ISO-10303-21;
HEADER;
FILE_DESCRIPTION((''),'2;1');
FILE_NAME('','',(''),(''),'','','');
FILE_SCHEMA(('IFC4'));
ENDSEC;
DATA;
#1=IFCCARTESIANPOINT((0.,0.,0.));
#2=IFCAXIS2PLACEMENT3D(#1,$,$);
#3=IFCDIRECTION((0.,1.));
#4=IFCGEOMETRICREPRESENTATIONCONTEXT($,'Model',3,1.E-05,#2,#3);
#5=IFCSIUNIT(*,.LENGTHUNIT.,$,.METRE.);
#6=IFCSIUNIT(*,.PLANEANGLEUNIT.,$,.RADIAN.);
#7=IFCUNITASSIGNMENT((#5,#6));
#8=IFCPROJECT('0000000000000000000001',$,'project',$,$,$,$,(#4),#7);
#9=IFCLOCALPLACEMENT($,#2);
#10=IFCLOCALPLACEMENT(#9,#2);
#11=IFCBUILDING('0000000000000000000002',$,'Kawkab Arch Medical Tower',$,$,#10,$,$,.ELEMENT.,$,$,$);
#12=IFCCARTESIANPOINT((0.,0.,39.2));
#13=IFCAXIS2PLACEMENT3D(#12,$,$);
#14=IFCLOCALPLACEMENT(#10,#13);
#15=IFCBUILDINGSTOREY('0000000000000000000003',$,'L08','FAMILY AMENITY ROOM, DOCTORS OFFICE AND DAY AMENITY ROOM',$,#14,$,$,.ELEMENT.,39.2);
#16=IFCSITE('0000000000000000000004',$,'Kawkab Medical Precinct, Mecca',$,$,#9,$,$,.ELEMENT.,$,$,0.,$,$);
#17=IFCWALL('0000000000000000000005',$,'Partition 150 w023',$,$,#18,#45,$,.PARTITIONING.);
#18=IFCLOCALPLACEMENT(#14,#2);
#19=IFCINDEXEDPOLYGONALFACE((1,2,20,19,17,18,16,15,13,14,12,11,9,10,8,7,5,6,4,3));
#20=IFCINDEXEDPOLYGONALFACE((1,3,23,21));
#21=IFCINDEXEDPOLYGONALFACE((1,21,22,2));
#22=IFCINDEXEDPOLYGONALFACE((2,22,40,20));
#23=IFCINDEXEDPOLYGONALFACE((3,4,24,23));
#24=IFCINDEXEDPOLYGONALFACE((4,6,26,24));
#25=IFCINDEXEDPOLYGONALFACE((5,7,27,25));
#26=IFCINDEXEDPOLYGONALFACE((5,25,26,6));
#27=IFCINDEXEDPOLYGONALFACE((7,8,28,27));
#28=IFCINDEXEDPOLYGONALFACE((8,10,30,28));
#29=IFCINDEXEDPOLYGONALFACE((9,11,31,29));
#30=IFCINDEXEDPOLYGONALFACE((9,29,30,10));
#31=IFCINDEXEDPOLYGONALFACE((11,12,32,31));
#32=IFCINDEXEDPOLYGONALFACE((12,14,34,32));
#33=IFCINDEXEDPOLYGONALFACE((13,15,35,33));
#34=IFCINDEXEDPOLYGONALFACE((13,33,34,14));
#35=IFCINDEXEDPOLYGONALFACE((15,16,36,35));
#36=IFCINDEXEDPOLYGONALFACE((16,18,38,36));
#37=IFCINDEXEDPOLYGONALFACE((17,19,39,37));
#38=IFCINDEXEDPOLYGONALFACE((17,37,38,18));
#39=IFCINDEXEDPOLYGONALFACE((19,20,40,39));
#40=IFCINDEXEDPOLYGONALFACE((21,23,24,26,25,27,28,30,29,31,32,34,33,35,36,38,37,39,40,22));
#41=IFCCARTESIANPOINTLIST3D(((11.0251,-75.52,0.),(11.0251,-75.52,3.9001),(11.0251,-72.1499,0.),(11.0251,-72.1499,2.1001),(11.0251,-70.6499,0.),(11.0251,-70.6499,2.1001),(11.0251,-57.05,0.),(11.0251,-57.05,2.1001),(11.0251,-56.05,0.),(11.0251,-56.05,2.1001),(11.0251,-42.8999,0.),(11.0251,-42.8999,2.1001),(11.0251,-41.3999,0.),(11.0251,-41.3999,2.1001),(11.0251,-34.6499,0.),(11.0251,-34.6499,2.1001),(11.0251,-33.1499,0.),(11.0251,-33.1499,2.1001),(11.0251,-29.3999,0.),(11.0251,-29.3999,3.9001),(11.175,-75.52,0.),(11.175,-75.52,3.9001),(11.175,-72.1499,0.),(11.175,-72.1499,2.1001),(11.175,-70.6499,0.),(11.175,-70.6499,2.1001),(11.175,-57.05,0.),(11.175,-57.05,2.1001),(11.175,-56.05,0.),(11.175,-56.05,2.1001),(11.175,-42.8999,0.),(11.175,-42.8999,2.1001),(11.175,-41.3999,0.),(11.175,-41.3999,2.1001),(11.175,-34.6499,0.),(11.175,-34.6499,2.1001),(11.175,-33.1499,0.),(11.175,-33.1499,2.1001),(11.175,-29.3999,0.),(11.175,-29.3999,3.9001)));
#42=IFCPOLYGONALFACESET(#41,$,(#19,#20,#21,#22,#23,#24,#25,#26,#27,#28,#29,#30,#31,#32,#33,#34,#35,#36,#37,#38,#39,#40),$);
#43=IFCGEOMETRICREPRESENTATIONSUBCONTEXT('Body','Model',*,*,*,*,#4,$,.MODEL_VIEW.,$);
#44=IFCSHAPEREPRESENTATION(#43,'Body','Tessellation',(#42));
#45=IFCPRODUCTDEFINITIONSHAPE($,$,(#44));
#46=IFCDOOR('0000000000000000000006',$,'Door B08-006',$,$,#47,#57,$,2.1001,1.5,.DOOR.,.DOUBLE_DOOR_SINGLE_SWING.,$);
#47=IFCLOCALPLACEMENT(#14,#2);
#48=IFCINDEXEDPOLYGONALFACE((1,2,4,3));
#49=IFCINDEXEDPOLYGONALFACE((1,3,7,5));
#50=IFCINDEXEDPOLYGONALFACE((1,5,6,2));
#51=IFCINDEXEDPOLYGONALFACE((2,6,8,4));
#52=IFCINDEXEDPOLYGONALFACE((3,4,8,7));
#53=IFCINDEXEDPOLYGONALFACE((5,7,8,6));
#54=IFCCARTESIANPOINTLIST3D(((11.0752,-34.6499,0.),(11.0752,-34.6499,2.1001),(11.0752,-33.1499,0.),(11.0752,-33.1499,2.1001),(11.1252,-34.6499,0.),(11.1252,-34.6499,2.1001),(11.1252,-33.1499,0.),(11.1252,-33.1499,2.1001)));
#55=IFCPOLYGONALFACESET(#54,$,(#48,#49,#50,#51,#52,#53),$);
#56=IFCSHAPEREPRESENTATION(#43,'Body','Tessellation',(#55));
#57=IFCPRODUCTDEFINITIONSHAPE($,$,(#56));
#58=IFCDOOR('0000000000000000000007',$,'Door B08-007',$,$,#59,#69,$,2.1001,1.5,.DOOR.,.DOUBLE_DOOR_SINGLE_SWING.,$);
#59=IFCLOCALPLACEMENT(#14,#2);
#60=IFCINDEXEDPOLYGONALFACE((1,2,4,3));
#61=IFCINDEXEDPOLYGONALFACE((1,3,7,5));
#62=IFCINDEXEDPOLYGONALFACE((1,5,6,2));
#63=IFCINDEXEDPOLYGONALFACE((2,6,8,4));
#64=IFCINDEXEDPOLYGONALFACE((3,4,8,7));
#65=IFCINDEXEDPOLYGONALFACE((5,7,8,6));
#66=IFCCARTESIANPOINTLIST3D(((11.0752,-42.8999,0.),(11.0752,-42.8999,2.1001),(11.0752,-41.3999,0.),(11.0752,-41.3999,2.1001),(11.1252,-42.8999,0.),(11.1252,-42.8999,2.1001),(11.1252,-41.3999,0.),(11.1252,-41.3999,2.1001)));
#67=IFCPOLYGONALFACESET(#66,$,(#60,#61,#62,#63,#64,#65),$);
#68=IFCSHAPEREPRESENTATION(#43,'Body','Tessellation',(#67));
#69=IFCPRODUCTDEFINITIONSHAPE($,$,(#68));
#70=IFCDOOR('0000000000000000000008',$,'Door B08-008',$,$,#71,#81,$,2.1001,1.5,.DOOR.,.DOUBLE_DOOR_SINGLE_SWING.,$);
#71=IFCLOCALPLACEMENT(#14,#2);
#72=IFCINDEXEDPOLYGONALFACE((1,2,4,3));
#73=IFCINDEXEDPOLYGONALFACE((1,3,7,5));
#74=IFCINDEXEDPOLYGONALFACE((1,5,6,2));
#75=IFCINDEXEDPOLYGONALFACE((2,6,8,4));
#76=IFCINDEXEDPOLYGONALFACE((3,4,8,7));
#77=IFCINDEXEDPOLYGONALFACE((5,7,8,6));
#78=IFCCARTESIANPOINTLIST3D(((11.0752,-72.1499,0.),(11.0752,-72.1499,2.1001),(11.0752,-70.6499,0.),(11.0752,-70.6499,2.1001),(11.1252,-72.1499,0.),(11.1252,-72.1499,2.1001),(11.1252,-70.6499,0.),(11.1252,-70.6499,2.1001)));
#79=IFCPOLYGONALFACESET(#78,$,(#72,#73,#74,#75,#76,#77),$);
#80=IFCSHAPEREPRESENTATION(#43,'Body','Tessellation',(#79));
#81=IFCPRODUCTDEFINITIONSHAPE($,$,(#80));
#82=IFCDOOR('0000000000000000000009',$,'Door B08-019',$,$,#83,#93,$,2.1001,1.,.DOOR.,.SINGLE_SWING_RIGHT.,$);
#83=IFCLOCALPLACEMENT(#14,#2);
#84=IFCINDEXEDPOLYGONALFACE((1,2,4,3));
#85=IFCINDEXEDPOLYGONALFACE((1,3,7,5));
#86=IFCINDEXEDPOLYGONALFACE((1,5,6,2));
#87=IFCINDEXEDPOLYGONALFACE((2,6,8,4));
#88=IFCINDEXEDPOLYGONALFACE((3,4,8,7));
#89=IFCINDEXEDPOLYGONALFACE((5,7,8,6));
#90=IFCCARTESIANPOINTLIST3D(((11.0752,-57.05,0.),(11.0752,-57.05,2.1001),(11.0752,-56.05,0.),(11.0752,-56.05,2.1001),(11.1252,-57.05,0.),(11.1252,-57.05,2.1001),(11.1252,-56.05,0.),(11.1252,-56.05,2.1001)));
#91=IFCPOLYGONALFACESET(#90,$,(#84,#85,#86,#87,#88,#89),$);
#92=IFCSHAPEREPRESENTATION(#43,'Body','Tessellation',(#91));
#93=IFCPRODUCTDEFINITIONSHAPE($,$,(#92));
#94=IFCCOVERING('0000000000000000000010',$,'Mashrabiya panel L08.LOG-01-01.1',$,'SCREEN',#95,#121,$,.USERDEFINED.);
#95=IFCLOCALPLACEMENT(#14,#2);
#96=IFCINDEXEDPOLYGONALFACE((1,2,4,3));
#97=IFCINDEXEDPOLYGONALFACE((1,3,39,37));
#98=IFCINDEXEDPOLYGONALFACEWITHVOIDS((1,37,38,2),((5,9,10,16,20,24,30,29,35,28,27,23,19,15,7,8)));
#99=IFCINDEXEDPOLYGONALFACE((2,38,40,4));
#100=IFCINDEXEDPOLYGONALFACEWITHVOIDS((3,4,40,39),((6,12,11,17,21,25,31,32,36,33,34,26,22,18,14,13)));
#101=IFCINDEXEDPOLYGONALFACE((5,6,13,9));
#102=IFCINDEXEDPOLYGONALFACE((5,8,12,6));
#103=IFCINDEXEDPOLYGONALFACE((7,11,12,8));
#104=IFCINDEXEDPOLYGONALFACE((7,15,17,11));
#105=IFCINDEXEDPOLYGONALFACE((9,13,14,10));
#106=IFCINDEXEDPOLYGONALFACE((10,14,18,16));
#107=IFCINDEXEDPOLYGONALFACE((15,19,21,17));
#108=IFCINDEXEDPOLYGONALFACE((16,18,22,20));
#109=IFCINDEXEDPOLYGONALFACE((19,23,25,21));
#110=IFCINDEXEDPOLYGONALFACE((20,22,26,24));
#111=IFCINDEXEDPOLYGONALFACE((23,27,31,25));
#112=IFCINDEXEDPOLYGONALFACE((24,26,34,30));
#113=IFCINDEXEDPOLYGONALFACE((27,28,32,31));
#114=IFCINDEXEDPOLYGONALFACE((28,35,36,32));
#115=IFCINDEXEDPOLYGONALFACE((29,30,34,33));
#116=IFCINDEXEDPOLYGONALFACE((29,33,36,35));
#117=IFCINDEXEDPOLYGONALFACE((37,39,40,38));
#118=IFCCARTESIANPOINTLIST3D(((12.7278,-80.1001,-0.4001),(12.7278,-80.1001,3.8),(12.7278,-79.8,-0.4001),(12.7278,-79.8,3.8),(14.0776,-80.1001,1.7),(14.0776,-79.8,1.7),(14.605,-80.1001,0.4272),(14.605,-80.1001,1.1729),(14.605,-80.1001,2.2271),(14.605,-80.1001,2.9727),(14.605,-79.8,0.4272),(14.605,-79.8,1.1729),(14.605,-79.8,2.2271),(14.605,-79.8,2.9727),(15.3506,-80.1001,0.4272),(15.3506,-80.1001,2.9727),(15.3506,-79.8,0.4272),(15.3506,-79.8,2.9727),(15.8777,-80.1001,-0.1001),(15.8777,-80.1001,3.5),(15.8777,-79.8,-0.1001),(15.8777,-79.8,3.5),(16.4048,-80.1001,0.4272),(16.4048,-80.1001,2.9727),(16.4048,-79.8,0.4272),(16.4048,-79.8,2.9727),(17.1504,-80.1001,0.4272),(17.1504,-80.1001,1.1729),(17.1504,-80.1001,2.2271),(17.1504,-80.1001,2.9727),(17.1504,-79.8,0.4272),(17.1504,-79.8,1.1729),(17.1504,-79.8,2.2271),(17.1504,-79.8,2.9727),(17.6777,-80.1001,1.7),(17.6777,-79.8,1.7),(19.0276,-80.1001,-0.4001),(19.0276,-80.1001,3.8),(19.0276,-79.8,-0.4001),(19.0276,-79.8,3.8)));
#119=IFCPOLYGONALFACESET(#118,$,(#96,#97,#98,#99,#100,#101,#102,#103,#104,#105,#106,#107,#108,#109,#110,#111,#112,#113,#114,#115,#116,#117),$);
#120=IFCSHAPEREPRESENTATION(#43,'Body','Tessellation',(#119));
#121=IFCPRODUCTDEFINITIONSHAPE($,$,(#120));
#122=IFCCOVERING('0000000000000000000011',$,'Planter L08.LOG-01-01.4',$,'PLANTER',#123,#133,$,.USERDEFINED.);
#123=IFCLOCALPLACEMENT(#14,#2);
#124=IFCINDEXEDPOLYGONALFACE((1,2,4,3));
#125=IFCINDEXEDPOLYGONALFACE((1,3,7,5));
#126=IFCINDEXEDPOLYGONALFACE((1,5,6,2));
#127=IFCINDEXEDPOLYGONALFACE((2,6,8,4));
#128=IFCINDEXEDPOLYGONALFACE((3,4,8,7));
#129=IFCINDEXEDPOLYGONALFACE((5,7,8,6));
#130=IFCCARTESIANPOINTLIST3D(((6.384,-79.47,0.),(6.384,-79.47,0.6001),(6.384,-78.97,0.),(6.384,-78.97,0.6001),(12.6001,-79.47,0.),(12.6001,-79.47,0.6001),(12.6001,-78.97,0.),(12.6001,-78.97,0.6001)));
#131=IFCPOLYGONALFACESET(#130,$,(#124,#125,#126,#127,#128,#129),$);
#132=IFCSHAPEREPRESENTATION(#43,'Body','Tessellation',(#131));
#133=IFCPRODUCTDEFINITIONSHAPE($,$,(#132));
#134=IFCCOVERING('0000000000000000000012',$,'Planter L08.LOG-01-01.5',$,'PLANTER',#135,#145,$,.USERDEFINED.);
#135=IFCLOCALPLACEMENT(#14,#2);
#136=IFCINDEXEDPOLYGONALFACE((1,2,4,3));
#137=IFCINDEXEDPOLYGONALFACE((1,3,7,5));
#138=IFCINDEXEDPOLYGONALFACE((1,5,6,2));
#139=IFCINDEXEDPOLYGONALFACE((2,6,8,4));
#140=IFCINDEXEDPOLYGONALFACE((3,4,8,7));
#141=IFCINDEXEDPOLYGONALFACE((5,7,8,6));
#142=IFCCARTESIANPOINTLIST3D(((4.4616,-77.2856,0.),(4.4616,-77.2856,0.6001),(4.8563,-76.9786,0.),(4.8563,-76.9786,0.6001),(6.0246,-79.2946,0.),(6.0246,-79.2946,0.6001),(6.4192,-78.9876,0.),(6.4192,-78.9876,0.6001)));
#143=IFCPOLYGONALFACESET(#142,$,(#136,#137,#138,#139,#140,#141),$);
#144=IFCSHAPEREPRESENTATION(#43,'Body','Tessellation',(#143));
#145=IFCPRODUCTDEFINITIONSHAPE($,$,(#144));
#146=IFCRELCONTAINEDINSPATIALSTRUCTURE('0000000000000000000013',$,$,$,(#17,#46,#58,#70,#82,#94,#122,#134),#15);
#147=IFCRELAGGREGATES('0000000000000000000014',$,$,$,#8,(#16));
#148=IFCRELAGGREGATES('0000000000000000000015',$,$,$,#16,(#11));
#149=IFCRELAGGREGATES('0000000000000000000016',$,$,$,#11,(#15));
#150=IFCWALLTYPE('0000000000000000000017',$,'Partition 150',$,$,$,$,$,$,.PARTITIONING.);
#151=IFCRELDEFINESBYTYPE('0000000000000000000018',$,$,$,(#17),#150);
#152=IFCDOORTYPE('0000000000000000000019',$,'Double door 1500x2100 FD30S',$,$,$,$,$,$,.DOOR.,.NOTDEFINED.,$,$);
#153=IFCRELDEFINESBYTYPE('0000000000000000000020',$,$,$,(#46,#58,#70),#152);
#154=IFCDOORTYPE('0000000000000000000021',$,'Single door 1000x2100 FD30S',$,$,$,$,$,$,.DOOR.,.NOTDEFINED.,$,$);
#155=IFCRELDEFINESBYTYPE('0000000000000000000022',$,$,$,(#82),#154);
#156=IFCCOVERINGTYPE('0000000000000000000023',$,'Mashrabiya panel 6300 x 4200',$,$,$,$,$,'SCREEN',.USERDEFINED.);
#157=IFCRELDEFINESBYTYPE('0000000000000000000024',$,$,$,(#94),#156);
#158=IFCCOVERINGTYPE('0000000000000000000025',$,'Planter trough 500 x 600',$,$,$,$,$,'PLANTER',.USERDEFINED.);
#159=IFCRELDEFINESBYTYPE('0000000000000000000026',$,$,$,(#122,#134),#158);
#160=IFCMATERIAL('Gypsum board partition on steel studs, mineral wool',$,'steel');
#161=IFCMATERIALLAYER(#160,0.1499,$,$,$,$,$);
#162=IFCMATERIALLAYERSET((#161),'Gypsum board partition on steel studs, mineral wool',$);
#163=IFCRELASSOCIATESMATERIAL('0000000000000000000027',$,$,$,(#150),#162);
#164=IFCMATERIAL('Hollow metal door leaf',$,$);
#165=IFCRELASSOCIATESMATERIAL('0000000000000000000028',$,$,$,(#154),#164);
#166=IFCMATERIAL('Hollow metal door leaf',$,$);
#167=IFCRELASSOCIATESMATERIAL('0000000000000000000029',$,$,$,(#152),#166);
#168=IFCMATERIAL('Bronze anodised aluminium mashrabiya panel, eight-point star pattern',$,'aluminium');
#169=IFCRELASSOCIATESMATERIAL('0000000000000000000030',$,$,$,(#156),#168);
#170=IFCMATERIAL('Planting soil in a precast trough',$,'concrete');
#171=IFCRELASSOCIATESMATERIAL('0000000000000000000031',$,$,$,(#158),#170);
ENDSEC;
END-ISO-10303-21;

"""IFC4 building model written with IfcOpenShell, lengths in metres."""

from ifc_helpers import new_model, si_unit, direction, frame, frame_2d, origin, origin_2d, place, context, subcontext, project, spatial, polyline, rectangle, outline, extrude, material, layer, layer_set, material_profile, profile_set, type_object, element, fill, save


model = new_model("IFC4")

# Units and contexts
model_context = context("Model", 3, precision=1e-05, world=origin(), true_north=direction((0.0, 1.0)))
body_context = subcontext(model_context, "Body", "Model", "MODEL_VIEW")
ifc_project = project(units=[si_unit("LENGTHUNIT", "METRE"), si_unit("PLANEANGLEUNIT", "RADIAN")], contexts=[model_context])

# Site, building, storey
site_placement = place(None, origin())
site = spatial("IfcSite", under=ifc_project, at=site_placement, Name="Kawkab Medical Precinct, Mecca", CompositionType="ELEMENT", RefElevation=0.0)
building_placement = place(site_placement, origin())
building = spatial("IfcBuilding", under=site, at=building_placement, Name="Kawkab Arch Medical Tower", CompositionType="ELEMENT")
storey_placement = place(building_placement, frame((0.0, 0.0, 39.2)))
storey = spatial("IfcBuildingStorey", under=building, at=storey_placement, Name="L08", Description="FAMILY AMENITY ROOM, DOCTORS OFFICE AND DAY AMENITY ROOM", CompositionType="ELEMENT", Elevation=39.2)

# Shared definitions
ifc_material_1 = material(Name="Gypsum board partition on steel studs, mineral wool", Category="steel")
ifc_layer_1 = layer(ifc_material_1, 0.1499)
ifc_layer_set_1 = layer_set([ifc_layer_1], Name="Gypsum board partition on steel studs, mineral wool")
wall_type_1 = type_object("IfcWallType", Name="Partition 150", PredefinedType="PARTITIONING", material=ifc_layer_set_1)

# Wall, openings, doors
ifc_material_2 = material(Name="Hollow metal door leaf")
door_type_1 = type_object("IfcDoorType", Name="Single door 1000x2100 FD30S", OperationType="NOTDEFINED", PredefinedType="DOOR", material=ifc_material_2)
wall_1_placement = place(storey_placement, frame((11.1001, -75.52, 0.0), z_axis=(0.0, 0.0, 1.0), x_axis=(0.0, 1.0, 0.0)))
wall_1 = element("IfcWall", 1, at=wall_1_placement, inside=storey, type_object=wall_type_1, Name="Partition 150 w023", PredefinedType="PARTITIONING", context=body_context, shape_type="SweptSolid", body=[
    extrude(rectangle(XDim=46.1201, YDim=0.1499, at=frame_2d((23.0601, 0.0))), origin(), (0.0, 0.0, 1.0), 3.9001),
])
opening_1_placement = place(wall_1_placement, frame((40.8701, 0.0, 0.0)))
opening_1 = element("IfcOpeningElement", 2, at=opening_1_placement, cuts=wall_1, PredefinedType="OPENING", context=body_context, shape_type="SweptSolid", body=[
    extrude(rectangle(XDim=1.5, YDim=2.1001, at=frame_2d((0.75, 1.05))), frame((0.0, 0.085, 0.0), z_axis=(0.0, -1.0, 0.0), x_axis=(1.0, 0.0, 0.0)), (0.0, 0.0, 1.0), 0.1699),
])
opening_2_placement = place(wall_1_placement, frame((32.6201, 0.0, 0.0)))
opening_2 = element("IfcOpeningElement", 3, at=opening_2_placement, cuts=wall_1, PredefinedType="OPENING", context=body_context, shape_type="SweptSolid", body=[
    extrude(rectangle(XDim=1.5, YDim=2.1001, at=frame_2d((0.75, 1.05))), frame((0.0, 0.085, 0.0), z_axis=(0.0, -1.0, 0.0), x_axis=(1.0, 0.0, 0.0)), (0.0, 0.0, 1.0), 0.1699),
])
opening_3_placement = place(wall_1_placement, frame((18.47, 0.0, 0.0)))
opening_3 = element("IfcOpeningElement", 4, at=opening_3_placement, cuts=wall_1, PredefinedType="OPENING", context=body_context, shape_type="SweptSolid", body=[
    extrude(rectangle(XDim=1.0, YDim=2.1001, at=frame_2d((0.5, 1.05))), frame((0.0, 0.085, 0.0), z_axis=(0.0, -1.0, 0.0), x_axis=(1.0, 0.0, 0.0)), (0.0, 0.0, 1.0), 0.1699),
])
opening_4_placement = place(wall_1_placement, frame((3.3701, 0.0, 0.0)))
opening_4 = element("IfcOpeningElement", 5, at=opening_4_placement, cuts=wall_1, PredefinedType="OPENING", context=body_context, shape_type="SweptSolid", body=[
    extrude(rectangle(XDim=1.5, YDim=2.1001, at=frame_2d((0.75, 1.05))), frame((0.0, 0.085, 0.0), z_axis=(0.0, -1.0, 0.0), x_axis=(1.0, 0.0, 0.0)), (0.0, 0.0, 1.0), 0.1699),
])
ifc_material_3 = material(Name="Hollow metal door leaf")
door_type_2 = type_object("IfcDoorType", Name="Double door 1500x2100 FD30S", OperationType="NOTDEFINED", PredefinedType="DOOR", material=ifc_material_3)
door_1_placement = place(opening_1_placement, origin())
door_1 = element("IfcDoor", 6, at=door_1_placement, inside=storey, type_object=door_type_2, Name="Door B08-006", OperationType="DOUBLE_DOOR_SINGLE_SWING", OverallHeight=2.1001, OverallWidth=1.5, PredefinedType="DOOR", context=body_context, shape_type="SweptSolid", body=[
    extrude(rectangle(XDim=1.5, YDim=2.1001, at=frame_2d((0.75, 1.05))), frame((0.0, 0.0249, 0.0), z_axis=(0.0, -1.0, 0.0), x_axis=(1.0, 0.0, 0.0)), (0.0, 0.0, 1.0), 0.05),
])
fill(opening_1, door_1)
door_2_placement = place(opening_2_placement, origin())
door_2 = element("IfcDoor", 7, at=door_2_placement, inside=storey, type_object=door_type_2, Name="Door B08-007", OperationType="DOUBLE_DOOR_SINGLE_SWING", OverallHeight=2.1001, OverallWidth=1.5, PredefinedType="DOOR", context=body_context, shape_type="SweptSolid", body=[
    extrude(rectangle(XDim=1.5, YDim=2.1001, at=frame_2d((0.75, 1.05))), frame((0.0, 0.0249, 0.0), z_axis=(0.0, -1.0, 0.0), x_axis=(1.0, 0.0, 0.0)), (0.0, 0.0, 1.0), 0.05),
])
fill(opening_2, door_2)
door_3_placement = place(opening_4_placement, origin())
door_3 = element("IfcDoor", 8, at=door_3_placement, inside=storey, type_object=door_type_2, Name="Door B08-008", OperationType="DOUBLE_DOOR_SINGLE_SWING", OverallHeight=2.1001, OverallWidth=1.5, PredefinedType="DOOR", context=body_context, shape_type="SweptSolid", body=[
    extrude(rectangle(XDim=1.5, YDim=2.1001, at=frame_2d((0.75, 1.05))), frame((0.0, 0.0249, 0.0), z_axis=(0.0, -1.0, 0.0), x_axis=(1.0, 0.0, 0.0)), (0.0, 0.0, 1.0), 0.05),
])
fill(opening_4, door_3)
door_4_placement = place(opening_3_placement, origin())
door_4 = element("IfcDoor", 9, at=door_4_placement, inside=storey, type_object=door_type_1, Name="Door B08-019", OperationType="SINGLE_SWING_RIGHT", OverallHeight=2.1001, OverallWidth=1.0, PredefinedType="DOOR", context=body_context, shape_type="SweptSolid", body=[
    extrude(rectangle(XDim=1.0, YDim=2.1001, at=frame_2d((0.5, 1.05))), frame((0.0, 0.0249, 0.0), z_axis=(0.0, -1.0, 0.0), x_axis=(1.0, 0.0, 0.0)), (0.0, 0.0, 1.0), 0.05),
])
fill(opening_3, door_4)

# Coverings
ifc_material_4 = material(Name="Bronze anodised aluminium mashrabiya panel, eight-point star pattern", Category="aluminium")
ifc_material_profile_1 = material_profile(ifc_material_4, outline(polyline([(-3.1499, -2.1001), (3.1499, -2.1001), (3.1499, 2.1001), (-3.1499, 2.1001), (-3.1499, -2.1001)]), holes=[polyline([(1.8, 0.0), (1.2727, 0.5271), (1.2727, 1.2727), (0.5271, 1.2727), (0.0, 1.8), (-0.5271, 1.2727), (-1.2727, 1.2727), (-1.2727, 0.5271), (-1.8, 0.0), (-1.2727, -0.5271), (-1.2727, -1.2727), (-0.5271, -1.2727), (0.0, -1.8), (0.5271, -1.2727), (1.2727, -1.2727), (1.2727, -0.5271), (1.8, 0.0)])]), Name="Mashrabiya panel 6300x4200")
ifc_profile_set_1 = profile_set([ifc_material_profile_1], Name="Bronze anodised aluminium mashrabiya panel, eight-point star pattern")
covering_type_1 = type_object("IfcCoveringType", Name="Mashrabiya panel 6300 x 4200", ElementType="SCREEN", PredefinedType="USERDEFINED", material=ifc_profile_set_1)
covering_1_placement = place(storey_placement, frame((15.8777, -79.8, 1.7), z_axis=(0.0, -1.0, 0.0), x_axis=(1.0, 0.0, 0.0)))
element("IfcCovering", 10, at=covering_1_placement, inside=storey, type_object=covering_type_1, Name="Mashrabiya panel L08.LOG-01-01.1", ObjectType="SCREEN", PredefinedType="USERDEFINED", context=body_context, shape_type="SweptSolid", body=[
    extrude(outline(polyline([(-3.1499, -2.1001), (3.1499, -2.1001), (3.1499, 2.1001), (-3.1499, 2.1001), (-3.1499, -2.1001)]), holes=[polyline([(1.8, 0.0), (1.2727, 0.5271), (1.2727, 1.2727), (0.5271, 1.2727), (0.0, 1.8), (-0.5271, 1.2727), (-1.2727, 1.2727), (-1.2727, 0.5271), (-1.8, 0.0), (-1.2727, -0.5271), (-1.2727, -1.2727), (-0.5271, -1.2727), (0.0, -1.8), (0.5271, -1.2727), (1.2727, -1.2727), (1.2727, -0.5271), (1.8, 0.0)])]), origin(), (0.0, 0.0, 1.0), 0.3),
])
ifc_material_5 = material(Name="Planting soil in a precast trough", Category="concrete")
ifc_material_profile_2 = material_profile(ifc_material_5, rectangle(XDim=0.5, YDim=0.6001, at=origin_2d()), Name="Trough 500x600")
ifc_profile_set_2 = profile_set([ifc_material_profile_2], Name="Planting soil in a precast trough")
covering_type_2 = type_object("IfcCoveringType", Name="Planter trough 500 x 600", ElementType="PLANTER", PredefinedType="USERDEFINED", material=ifc_profile_set_2)
covering_2_placement = place(storey_placement, frame((12.6001, -79.22, 0.3), z_axis=(-1.0, 0.0, 0.0), x_axis=(0.0, -1.0, 0.0)))
element("IfcCovering", 11, at=covering_2_placement, inside=storey, type_object=covering_type_2, Name="Planter L08.LOG-01-01.4", ObjectType="PLANTER", PredefinedType="USERDEFINED", context=body_context, shape_type="SweptSolid", body=[
    extrude(rectangle(XDim=0.5, YDim=0.6001, at=origin_2d()), origin(), (0.0, 0.0, 1.0), 6.2161),
])
covering_3_placement = place(storey_placement, frame((6.2219, -79.1411, 0.3), z_axis=(-0.61404, 0.789275, 0.0), x_axis=(-0.789275, -0.61404, 0.0)))
element("IfcCovering", 12, at=covering_3_placement, inside=storey, type_object=covering_type_2, Name="Planter L08.LOG-01-01.5", ObjectType="PLANTER", PredefinedType="USERDEFINED", context=body_context, shape_type="SweptSolid", body=[
    extrude(rectangle(XDim=0.5, YDim=0.6001, at=origin_2d()), origin(), (0.0, 0.0, 1.0), 2.5454),
])

save(model, "model.ifc")
